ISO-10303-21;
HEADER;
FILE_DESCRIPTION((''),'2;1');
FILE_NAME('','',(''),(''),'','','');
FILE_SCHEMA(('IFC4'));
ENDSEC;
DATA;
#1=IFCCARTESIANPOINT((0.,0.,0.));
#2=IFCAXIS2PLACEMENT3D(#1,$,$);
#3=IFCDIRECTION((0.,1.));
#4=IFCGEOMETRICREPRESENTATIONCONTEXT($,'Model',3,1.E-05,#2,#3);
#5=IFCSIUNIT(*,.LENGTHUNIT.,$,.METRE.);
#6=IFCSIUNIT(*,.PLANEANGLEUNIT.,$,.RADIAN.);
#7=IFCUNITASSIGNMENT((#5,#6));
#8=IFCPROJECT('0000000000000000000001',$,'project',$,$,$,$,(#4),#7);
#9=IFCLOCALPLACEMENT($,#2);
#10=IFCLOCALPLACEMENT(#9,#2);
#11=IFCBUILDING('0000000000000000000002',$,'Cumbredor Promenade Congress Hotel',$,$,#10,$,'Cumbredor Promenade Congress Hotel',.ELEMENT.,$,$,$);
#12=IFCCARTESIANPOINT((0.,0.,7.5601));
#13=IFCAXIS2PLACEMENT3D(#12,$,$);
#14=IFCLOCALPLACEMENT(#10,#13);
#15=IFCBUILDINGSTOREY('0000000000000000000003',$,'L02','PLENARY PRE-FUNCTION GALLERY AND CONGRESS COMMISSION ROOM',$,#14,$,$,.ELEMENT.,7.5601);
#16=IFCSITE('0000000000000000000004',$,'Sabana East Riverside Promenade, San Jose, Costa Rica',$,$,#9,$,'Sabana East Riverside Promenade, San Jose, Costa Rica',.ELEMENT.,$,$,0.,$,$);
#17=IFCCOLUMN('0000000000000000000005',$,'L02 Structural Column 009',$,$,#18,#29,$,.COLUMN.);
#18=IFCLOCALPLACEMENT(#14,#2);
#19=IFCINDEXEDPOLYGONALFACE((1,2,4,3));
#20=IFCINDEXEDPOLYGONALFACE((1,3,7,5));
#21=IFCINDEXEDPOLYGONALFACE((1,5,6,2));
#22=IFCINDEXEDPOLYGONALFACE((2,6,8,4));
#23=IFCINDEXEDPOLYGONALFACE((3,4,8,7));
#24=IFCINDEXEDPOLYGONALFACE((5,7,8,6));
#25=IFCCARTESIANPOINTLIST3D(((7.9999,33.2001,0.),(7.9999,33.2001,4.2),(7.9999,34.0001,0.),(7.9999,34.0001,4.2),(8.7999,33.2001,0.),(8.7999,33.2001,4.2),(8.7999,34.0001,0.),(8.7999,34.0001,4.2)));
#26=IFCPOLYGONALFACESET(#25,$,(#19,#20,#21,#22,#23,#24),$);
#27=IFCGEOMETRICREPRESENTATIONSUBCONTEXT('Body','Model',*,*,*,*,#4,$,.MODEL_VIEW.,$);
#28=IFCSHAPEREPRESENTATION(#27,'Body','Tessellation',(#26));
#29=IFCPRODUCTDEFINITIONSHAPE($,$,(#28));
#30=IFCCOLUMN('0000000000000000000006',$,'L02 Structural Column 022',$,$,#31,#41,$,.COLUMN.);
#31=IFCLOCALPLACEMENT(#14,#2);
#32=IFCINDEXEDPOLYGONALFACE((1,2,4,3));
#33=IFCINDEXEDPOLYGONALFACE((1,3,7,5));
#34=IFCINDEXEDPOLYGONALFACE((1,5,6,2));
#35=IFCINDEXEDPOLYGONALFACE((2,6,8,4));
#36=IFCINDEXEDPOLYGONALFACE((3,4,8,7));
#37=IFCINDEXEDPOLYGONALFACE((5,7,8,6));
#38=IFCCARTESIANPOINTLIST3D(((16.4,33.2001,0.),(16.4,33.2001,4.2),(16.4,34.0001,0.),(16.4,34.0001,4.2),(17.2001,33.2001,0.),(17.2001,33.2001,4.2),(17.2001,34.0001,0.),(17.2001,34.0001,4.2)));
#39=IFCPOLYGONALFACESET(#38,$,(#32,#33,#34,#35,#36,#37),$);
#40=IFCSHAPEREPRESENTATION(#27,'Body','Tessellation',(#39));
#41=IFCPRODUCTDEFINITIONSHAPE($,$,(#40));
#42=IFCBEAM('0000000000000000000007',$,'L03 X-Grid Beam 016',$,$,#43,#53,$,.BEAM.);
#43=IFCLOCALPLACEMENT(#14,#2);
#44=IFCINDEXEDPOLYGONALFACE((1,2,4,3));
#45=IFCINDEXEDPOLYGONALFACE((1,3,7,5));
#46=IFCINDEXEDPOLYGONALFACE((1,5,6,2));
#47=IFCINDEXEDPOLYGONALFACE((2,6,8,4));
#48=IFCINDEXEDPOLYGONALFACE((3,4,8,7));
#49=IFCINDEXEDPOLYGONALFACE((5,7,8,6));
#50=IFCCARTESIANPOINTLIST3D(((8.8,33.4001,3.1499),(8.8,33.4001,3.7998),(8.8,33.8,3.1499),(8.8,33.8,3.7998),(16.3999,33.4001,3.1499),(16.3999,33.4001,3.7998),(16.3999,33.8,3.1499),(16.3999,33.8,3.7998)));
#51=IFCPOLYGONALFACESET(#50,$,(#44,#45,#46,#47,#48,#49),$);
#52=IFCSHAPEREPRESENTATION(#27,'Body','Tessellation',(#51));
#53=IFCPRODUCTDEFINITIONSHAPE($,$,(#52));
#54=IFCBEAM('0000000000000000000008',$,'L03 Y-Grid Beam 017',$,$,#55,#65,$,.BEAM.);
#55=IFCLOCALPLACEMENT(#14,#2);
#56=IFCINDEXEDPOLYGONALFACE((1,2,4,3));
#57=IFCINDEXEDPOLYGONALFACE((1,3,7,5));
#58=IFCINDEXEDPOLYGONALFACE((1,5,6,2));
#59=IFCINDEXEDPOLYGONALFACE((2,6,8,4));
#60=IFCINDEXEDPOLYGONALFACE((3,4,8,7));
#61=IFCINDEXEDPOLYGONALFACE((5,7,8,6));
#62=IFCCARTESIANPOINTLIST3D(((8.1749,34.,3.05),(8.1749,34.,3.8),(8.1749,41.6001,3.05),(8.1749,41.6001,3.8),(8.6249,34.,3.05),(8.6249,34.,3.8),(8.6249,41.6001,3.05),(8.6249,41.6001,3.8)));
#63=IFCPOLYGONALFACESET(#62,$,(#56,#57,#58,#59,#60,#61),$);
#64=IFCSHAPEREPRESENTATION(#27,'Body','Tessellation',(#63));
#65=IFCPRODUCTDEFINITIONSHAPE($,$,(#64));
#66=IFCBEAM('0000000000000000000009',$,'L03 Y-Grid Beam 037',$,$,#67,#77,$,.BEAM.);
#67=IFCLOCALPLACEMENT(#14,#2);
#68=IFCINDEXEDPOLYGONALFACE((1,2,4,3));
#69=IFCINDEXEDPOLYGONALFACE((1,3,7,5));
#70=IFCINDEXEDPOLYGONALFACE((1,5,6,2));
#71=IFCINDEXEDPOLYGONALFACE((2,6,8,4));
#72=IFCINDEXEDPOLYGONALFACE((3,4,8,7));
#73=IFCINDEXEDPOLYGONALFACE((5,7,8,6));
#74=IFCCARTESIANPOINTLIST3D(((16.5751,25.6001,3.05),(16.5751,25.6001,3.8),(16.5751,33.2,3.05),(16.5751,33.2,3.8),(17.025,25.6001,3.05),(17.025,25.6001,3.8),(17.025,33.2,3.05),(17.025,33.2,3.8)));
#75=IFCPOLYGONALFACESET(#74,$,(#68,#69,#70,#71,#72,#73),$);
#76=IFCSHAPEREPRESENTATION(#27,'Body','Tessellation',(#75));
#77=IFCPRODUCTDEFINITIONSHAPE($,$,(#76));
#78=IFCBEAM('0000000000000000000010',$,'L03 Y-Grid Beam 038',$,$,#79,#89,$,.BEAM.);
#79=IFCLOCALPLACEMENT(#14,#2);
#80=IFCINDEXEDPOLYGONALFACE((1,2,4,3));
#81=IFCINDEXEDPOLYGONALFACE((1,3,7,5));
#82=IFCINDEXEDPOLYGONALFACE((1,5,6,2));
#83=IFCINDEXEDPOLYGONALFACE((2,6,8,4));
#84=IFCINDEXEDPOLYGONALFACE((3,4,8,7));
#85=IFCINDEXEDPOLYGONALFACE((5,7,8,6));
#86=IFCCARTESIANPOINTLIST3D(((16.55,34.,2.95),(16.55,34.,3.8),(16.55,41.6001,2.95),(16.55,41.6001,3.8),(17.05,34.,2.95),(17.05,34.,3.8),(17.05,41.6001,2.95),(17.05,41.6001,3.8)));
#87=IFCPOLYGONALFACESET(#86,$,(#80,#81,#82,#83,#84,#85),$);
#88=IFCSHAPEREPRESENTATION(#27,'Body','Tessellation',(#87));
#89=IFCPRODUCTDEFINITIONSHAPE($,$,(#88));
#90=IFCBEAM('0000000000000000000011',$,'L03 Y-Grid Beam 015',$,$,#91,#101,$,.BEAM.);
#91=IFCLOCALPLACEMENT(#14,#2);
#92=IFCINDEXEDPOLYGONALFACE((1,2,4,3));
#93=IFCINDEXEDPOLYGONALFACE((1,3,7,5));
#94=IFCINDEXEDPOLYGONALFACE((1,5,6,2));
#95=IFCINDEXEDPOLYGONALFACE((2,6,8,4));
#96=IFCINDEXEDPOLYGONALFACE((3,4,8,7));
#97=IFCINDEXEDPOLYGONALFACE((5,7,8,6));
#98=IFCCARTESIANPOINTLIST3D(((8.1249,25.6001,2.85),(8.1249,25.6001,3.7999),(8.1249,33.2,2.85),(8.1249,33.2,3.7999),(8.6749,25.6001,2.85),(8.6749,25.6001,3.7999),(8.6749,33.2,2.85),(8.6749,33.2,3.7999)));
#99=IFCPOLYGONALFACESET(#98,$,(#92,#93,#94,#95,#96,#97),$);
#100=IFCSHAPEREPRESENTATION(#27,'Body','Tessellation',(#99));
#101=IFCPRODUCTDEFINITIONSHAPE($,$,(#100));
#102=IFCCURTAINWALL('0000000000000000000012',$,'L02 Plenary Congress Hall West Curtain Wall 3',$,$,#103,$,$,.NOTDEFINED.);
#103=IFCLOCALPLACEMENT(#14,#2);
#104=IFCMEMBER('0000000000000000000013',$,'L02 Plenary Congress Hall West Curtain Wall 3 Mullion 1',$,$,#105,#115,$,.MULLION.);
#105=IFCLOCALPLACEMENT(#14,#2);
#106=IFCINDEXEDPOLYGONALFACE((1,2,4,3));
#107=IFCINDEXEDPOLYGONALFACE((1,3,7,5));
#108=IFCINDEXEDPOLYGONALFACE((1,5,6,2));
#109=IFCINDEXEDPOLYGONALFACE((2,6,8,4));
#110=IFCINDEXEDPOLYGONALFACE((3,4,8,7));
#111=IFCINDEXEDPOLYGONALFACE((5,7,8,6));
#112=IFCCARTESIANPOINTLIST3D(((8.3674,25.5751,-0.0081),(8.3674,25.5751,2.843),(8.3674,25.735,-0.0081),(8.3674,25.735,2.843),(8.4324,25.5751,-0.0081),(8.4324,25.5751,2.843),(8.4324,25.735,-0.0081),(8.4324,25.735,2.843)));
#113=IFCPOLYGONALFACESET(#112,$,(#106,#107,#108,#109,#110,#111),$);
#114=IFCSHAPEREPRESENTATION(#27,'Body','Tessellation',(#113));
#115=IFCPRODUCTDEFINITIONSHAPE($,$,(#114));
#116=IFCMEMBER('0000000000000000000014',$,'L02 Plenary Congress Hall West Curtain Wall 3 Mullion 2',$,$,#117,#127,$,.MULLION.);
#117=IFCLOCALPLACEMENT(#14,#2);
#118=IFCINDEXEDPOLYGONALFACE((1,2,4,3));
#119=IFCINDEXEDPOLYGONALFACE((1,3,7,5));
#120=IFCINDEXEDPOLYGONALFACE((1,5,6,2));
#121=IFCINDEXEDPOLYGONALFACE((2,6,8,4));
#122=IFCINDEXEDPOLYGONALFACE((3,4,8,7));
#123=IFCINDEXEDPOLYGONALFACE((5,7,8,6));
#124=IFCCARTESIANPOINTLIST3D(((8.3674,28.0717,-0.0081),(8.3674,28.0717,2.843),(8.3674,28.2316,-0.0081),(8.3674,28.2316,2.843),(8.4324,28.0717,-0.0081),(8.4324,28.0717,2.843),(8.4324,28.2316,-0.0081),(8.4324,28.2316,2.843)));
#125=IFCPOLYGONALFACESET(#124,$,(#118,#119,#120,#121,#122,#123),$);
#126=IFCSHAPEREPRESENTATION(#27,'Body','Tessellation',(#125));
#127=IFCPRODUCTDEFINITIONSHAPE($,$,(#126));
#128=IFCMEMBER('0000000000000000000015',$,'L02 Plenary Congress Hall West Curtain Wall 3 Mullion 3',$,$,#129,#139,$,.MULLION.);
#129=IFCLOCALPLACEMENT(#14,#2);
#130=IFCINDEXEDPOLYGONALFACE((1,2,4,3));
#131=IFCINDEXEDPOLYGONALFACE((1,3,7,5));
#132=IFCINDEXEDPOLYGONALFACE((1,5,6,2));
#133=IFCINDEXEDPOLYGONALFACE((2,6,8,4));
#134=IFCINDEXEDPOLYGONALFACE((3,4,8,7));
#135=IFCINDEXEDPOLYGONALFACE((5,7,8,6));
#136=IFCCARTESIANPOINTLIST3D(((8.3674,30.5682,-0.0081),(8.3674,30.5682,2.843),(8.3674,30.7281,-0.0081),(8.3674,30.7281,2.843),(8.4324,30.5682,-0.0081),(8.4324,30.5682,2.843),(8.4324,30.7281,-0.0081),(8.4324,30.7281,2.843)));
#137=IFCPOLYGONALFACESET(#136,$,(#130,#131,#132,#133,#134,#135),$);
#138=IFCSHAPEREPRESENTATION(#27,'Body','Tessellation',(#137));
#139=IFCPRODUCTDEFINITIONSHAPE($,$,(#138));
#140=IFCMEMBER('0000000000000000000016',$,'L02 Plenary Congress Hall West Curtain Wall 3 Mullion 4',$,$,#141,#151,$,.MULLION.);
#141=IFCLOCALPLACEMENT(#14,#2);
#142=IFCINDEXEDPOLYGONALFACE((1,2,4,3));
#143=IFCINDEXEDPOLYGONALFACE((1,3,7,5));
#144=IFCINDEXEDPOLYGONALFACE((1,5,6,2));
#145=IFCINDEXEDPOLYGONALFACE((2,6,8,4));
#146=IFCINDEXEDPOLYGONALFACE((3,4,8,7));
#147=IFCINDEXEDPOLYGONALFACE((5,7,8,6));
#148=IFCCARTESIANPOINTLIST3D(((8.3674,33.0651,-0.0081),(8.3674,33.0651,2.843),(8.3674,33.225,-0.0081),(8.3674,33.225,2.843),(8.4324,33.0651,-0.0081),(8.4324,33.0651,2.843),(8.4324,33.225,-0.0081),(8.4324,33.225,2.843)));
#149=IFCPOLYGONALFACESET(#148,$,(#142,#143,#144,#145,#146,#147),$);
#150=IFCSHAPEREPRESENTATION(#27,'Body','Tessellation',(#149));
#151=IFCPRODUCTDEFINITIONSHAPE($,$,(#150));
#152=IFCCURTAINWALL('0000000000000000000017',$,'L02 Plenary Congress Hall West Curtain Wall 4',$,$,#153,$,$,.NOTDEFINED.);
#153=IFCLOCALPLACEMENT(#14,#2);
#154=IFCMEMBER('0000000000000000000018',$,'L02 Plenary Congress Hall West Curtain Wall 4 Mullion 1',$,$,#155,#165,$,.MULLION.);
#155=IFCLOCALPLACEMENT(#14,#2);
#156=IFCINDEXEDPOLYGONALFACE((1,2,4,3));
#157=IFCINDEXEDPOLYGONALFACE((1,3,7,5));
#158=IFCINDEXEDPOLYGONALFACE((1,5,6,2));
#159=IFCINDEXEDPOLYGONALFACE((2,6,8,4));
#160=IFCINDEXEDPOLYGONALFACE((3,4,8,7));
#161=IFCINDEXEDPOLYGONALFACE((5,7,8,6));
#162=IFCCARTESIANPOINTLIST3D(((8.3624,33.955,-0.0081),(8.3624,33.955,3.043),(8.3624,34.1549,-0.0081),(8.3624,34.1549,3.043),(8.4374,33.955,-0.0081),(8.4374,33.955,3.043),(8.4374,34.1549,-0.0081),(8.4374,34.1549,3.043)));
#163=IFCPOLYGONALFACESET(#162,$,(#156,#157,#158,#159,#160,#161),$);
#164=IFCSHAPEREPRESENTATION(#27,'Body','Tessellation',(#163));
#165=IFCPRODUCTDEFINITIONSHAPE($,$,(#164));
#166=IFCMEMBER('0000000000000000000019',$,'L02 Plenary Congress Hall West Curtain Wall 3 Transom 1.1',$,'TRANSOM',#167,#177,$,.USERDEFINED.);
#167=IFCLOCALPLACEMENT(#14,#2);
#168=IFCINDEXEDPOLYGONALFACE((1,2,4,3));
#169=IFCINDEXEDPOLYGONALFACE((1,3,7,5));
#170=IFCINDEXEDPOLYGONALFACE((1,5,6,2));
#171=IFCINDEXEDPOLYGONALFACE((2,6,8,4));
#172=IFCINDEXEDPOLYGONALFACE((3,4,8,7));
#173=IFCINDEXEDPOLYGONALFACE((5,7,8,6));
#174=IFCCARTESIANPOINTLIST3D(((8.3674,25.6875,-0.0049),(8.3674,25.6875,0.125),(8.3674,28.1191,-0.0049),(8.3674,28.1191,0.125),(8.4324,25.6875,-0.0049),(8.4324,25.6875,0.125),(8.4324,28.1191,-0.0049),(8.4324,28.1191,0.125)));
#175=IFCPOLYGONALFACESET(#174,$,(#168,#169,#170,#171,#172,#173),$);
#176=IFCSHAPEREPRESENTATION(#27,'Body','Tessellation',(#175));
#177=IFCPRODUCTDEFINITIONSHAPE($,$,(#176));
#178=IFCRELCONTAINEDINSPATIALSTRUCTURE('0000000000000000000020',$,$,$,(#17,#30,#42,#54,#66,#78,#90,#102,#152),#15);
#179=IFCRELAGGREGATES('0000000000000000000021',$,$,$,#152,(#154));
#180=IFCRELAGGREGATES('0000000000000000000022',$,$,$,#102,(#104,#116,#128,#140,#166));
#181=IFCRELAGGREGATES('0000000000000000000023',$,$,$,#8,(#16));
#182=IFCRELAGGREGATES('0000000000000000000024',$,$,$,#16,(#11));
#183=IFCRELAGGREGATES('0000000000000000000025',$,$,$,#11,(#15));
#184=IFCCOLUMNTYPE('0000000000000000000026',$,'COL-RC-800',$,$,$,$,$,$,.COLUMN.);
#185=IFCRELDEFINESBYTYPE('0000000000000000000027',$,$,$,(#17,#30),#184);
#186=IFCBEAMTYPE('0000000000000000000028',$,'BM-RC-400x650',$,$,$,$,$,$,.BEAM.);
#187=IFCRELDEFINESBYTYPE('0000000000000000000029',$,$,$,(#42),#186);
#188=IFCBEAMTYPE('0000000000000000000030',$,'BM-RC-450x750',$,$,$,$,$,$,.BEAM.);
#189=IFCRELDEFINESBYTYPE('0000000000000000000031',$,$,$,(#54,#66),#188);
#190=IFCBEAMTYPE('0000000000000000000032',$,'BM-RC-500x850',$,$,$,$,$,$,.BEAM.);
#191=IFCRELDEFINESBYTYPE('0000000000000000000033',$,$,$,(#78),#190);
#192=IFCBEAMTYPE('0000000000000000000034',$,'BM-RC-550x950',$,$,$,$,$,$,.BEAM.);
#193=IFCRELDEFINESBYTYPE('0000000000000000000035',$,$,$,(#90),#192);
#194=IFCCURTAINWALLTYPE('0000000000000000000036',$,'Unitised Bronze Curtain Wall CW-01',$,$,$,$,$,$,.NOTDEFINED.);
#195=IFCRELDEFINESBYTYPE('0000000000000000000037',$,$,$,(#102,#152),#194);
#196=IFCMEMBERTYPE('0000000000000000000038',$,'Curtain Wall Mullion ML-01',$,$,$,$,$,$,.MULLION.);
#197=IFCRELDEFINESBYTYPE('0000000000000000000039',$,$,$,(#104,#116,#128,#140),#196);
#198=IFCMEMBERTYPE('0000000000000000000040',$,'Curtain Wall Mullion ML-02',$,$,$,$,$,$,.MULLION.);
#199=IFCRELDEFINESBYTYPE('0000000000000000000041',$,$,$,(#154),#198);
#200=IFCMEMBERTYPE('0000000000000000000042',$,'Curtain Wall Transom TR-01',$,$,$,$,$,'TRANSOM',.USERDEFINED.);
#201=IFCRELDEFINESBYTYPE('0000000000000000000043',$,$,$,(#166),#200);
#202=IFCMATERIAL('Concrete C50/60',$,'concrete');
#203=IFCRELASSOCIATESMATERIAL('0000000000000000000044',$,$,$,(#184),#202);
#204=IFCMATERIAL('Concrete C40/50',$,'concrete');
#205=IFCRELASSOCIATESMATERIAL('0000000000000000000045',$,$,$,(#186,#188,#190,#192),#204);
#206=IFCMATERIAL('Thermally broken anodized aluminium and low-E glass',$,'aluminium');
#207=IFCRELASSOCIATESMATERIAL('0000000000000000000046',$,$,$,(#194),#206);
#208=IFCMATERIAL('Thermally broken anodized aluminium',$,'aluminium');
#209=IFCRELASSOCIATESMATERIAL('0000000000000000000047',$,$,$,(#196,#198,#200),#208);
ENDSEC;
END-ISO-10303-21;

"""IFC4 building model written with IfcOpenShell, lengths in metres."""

from ifc_helpers import new_model, si_unit, direction, frame, origin, origin_2d, place, context, subcontext, project, spatial, rectangle, extrude, material, material_profile, profile_set, type_object, element, aggregate, save


model = new_model("IFC4")

# Units and contexts
model_context = context("Model", 3, precision=1e-05, world=origin(), true_north=direction((0.0, 1.0)))
body_context = subcontext(model_context, "Body", "Model", "MODEL_VIEW")
ifc_project = project(units=[si_unit("LENGTHUNIT", "METRE"), si_unit("PLANEANGLEUNIT", "RADIAN")], contexts=[model_context])

# Site, building, storey
site_placement = place(None, origin())
site = spatial("IfcSite", under=ifc_project, at=site_placement, Name="Sabana East Riverside Promenade, San Jose, Costa Rica", LongName="Sabana East Riverside Promenade, San Jose, Costa Rica", CompositionType="ELEMENT", RefElevation=0.0)
building_placement = place(site_placement, origin())
building = spatial("IfcBuilding", under=site, at=building_placement, Name="Cumbredor Promenade Congress Hotel", LongName="Cumbredor Promenade Congress Hotel", CompositionType="ELEMENT")
storey_placement = place(building_placement, frame((0.0, 0.0, 7.5601)))
storey = spatial("IfcBuildingStorey", under=building, at=storey_placement, Name="L02", Description="PLENARY PRE-FUNCTION GALLERY AND CONGRESS COMMISSION ROOM", CompositionType="ELEMENT", Elevation=7.5601)

# Columns
ifc_material_1 = material(Name="Concrete C50/60", Category="concrete")
ifc_material_profile_1 = material_profile(ifc_material_1, rectangle(XDim=0.8, YDim=0.8, at=origin_2d()), Name="RC 800x800")
ifc_profile_set_1 = profile_set([ifc_material_profile_1], Name="Concrete C50/60")
column_type = type_object("IfcColumnType", Name="COL-RC-800", PredefinedType="COLUMN", material=ifc_profile_set_1)
for number, where, z_axis, x_axis, name in (
    (1, (8.3999, 33.6001, 0.0), (0.0, 0.0, 1.0), (1.0, 0.0, 0.0), "L02 Structural Column 009"),
    (2, (16.8, 33.6001, 0.0), (0.0, 0.0, 1.0), (1.0, 0.0, 0.0), "L02 Structural Column 022"),
):
    element("IfcColumn", number, at=place(storey_placement, frame(where, z_axis=z_axis, x_axis=x_axis)), inside=storey, type_object=column_type, Name=name, PredefinedType="COLUMN", context=body_context, shape_type="SweptSolid", body=[
        extrude(rectangle(XDim=0.8, YDim=0.8, at=origin_2d()), origin(), (0.0, 0.0, 1.0), 4.2),
    ])

# Beams
ifc_material_2 = material(Name="Concrete C40/50", Category="concrete")
ifc_material_profile_2 = material_profile(ifc_material_2, rectangle(XDim=0.3999, YDim=0.6499, at=origin_2d()), Name="RC BEAM 400x650")
ifc_profile_set_2 = profile_set([ifc_material_profile_2], Name="Concrete C40/50")
beam_type_1 = type_object("IfcBeamType", Name="BM-RC-400x650", PredefinedType="BEAM", material=ifc_profile_set_2)
beam_1_placement = place(storey_placement, frame((8.8, 33.6001, 3.4749), z_axis=(1.0, 0.0, 0.0), x_axis=(0.0, 1.0, 0.0)))
element("IfcBeam", 3, at=beam_1_placement, inside=storey, type_object=beam_type_1, Name="L03 X-Grid Beam 016", PredefinedType="BEAM", context=body_context, shape_type="SweptSolid", body=[
    extrude(rectangle(XDim=0.3999, YDim=0.6499, at=origin_2d()), origin(), (0.0, 0.0, 1.0), 7.5999),
])
ifc_material_profile_3 = material_profile(ifc_material_2, rectangle(XDim=0.45, YDim=0.75, at=origin_2d()), Name="RC BEAM 450x750")
ifc_profile_set_3 = profile_set([ifc_material_profile_3], Name="Concrete C40/50")
beam_type_2 = type_object("IfcBeamType", Name="BM-RC-450x750", PredefinedType="BEAM", material=ifc_profile_set_3)
beam_2_placement = place(storey_placement, frame((8.3999, 34.0, 3.425), z_axis=(0.0, 1.0, 0.0), x_axis=(-1.0, 0.0, 0.0)))
element("IfcBeam", 4, at=beam_2_placement, inside=storey, type_object=beam_type_2, Name="L03 Y-Grid Beam 017", PredefinedType="BEAM", context=body_context, shape_type="SweptSolid", body=[
    extrude(rectangle(XDim=0.45, YDim=0.75, at=origin_2d()), origin(), (0.0, 0.0, 1.0), 7.6001),
])
beam_3_placement = place(storey_placement, frame((16.8, 25.6001, 3.425), z_axis=(0.0, 1.0, 0.0), x_axis=(-1.0, 0.0, 0.0)))
element("IfcBeam", 5, at=beam_3_placement, inside=storey, type_object=beam_type_2, Name="L03 Y-Grid Beam 037", PredefinedType="BEAM", context=body_context, shape_type="SweptSolid", body=[
    extrude(rectangle(XDim=0.45, YDim=0.75, at=origin_2d()), origin(), (0.0, 0.0, 1.0), 7.5999),
])
ifc_material_profile_4 = material_profile(ifc_material_2, rectangle(XDim=0.5, YDim=0.8501, at=origin_2d()), Name="RC BEAM 500x850")
ifc_profile_set_4 = profile_set([ifc_material_profile_4], Name="Concrete C40/50")
beam_type_3 = type_object("IfcBeamType", Name="BM-RC-500x850", PredefinedType="BEAM", material=ifc_profile_set_4)
beam_4_placement = place(storey_placement, frame((16.8, 34.0, 3.375), z_axis=(0.0, 1.0, 0.0), x_axis=(-1.0, 0.0, 0.0)))
element("IfcBeam", 6, at=beam_4_placement, inside=storey, type_object=beam_type_3, Name="L03 Y-Grid Beam 038", PredefinedType="BEAM", context=body_context, shape_type="SweptSolid", body=[
    extrude(rectangle(XDim=0.5, YDim=0.8501, at=origin_2d()), origin(), (0.0, 0.0, 1.0), 7.6001),
])
ifc_material_profile_5 = material_profile(ifc_material_2, rectangle(XDim=0.55, YDim=0.95, at=origin_2d()), Name="RC BEAM 550x950")
ifc_profile_set_5 = profile_set([ifc_material_profile_5], Name="Concrete C40/50")
beam_type_4 = type_object("IfcBeamType", Name="BM-RC-550x950", PredefinedType="BEAM", material=ifc_profile_set_5)
beam_5_placement = place(storey_placement, frame((8.3999, 25.6001, 3.325), z_axis=(0.0, 1.0, 0.0), x_axis=(-1.0, 0.0, 0.0)))
element("IfcBeam", 7, at=beam_5_placement, inside=storey, type_object=beam_type_4, Name="L03 Y-Grid Beam 015", PredefinedType="BEAM", context=body_context, shape_type="SweptSolid", body=[
    extrude(rectangle(XDim=0.55, YDim=0.95, at=origin_2d()), origin(), (0.0, 0.0, 1.0), 7.5999),
])

# Curtain wall, members
ifc_material_3 = material(Name="Thermally broken anodized aluminium and low-E glass", Category="aluminium")
curtain_wall_type = type_object("IfcCurtainWallType", Name="Unitised Bronze Curtain Wall CW-01", PredefinedType="NOTDEFINED", material=ifc_material_3)
curtain_wall_1_placement = place(storey_placement, origin())
curtain_wall_1 = element("IfcCurtainWall", 8, at=curtain_wall_1_placement, inside=storey, type_object=curtain_wall_type, Name="L02 Plenary Congress Hall West Curtain Wall 3", PredefinedType="NOTDEFINED")
ifc_material_4 = material(Name="Thermally broken anodized aluminium", Category="aluminium")
ifc_material_profile_6 = material_profile(ifc_material_4, rectangle(XDim=0.0649, YDim=0.1599, at=origin_2d()), Name="ALU MULLION 65x160")
ifc_profile_set_6 = profile_set([ifc_material_profile_6], Name="Thermally broken anodized aluminium")
member_type_1 = type_object("IfcMemberType", Name="Curtain Wall Mullion ML-01", PredefinedType="MULLION", material=ifc_profile_set_6)
member_1_placement = place(storey_placement, frame((8.3999, 25.655, -0.0081), z_axis=(0.0, 0.0, 1.0), x_axis=(1.0, 0.0, 0.0)))
member_1 = element("IfcMember", 9, at=member_1_placement, type_object=member_type_1, Name="L02 Plenary Congress Hall West Curtain Wall 3 Mullion 1", PredefinedType="MULLION", context=body_context, shape_type="SweptSolid", body=[
    extrude(rectangle(XDim=0.0649, YDim=0.1599, at=origin_2d()), origin(), (0.0, 0.0, 1.0), 2.8511),
])
member_2_placement = place(storey_placement, frame((8.3999, 28.1516, -0.0081), z_axis=(0.0, 0.0, 1.0), x_axis=(1.0, 0.0, 0.0)))
member_2 = element("IfcMember", 10, at=member_2_placement, type_object=member_type_1, Name="L02 Plenary Congress Hall West Curtain Wall 3 Mullion 2", PredefinedType="MULLION", context=body_context, shape_type="SweptSolid", body=[
    extrude(rectangle(XDim=0.0649, YDim=0.1599, at=origin_2d()), origin(), (0.0, 0.0, 1.0), 2.8511),
])
member_3_placement = place(storey_placement, frame((8.3999, 30.6482, -0.0081), z_axis=(0.0, 0.0, 1.0), x_axis=(1.0, 0.0, 0.0)))
member_3 = element("IfcMember", 11, at=member_3_placement, type_object=member_type_1, Name="L02 Plenary Congress Hall West Curtain Wall 3 Mullion 3", PredefinedType="MULLION", context=body_context, shape_type="SweptSolid", body=[
    extrude(rectangle(XDim=0.0649, YDim=0.1599, at=origin_2d()), origin(), (0.0, 0.0, 1.0), 2.8511),
])
member_4_placement = place(storey_placement, frame((8.3999, 33.145, -0.0081), z_axis=(0.0, 0.0, 1.0), x_axis=(1.0, 0.0, 0.0)))
member_4 = element("IfcMember", 12, at=member_4_placement, type_object=member_type_1, Name="L02 Plenary Congress Hall West Curtain Wall 3 Mullion 4", PredefinedType="MULLION", context=body_context, shape_type="SweptSolid", body=[
    extrude(rectangle(XDim=0.0649, YDim=0.1599, at=origin_2d()), origin(), (0.0, 0.0, 1.0), 2.8511),
])

# Curtain wall, member
curtain_wall_2_placement = place(storey_placement, origin())
curtain_wall_2 = element("IfcCurtainWall", 13, at=curtain_wall_2_placement, inside=storey, type_object=curtain_wall_type, Name="L02 Plenary Congress Hall West Curtain Wall 4", PredefinedType="NOTDEFINED")
ifc_material_profile_7 = material_profile(ifc_material_4, rectangle(XDim=0.075, YDim=0.2, at=origin_2d()), Name="ALU MULLION 75x200")
ifc_profile_set_7 = profile_set([ifc_material_profile_7], Name="Thermally broken anodized aluminium")
member_type_2 = type_object("IfcMemberType", Name="Curtain Wall Mullion ML-02", PredefinedType="MULLION", material=ifc_profile_set_7)
member_5_placement = place(storey_placement, frame((8.3999, 34.0549, -0.0081), z_axis=(0.0, 0.0, 1.0), x_axis=(1.0, 0.0, 0.0)))
member_5 = element("IfcMember", 14, at=member_5_placement, type_object=member_type_2, Name="L02 Plenary Congress Hall West Curtain Wall 4 Mullion 1", PredefinedType="MULLION", context=body_context, shape_type="SweptSolid", body=[
    extrude(rectangle(XDim=0.075, YDim=0.2, at=origin_2d()), origin(), (0.0, 0.0, 1.0), 3.051),
])

# Member
ifc_material_profile_8 = material_profile(ifc_material_4, rectangle(XDim=0.0649, YDim=0.1299, at=origin_2d()), Name="ALU TRANSOM 65x130")
ifc_profile_set_8 = profile_set([ifc_material_profile_8], Name="Thermally broken anodized aluminium")
member_type_3 = type_object("IfcMemberType", Name="Curtain Wall Transom TR-01", ElementType="TRANSOM", PredefinedType="USERDEFINED", material=ifc_profile_set_8)
member_6_placement = place(storey_placement, frame((8.3999, 25.6875, 0.0601), z_axis=(0.0, 1.0, 0.0), x_axis=(-1.0, 0.0, 0.0)))
member_6 = element("IfcMember", 15, at=member_6_placement, type_object=member_type_3, Name="L02 Plenary Congress Hall West Curtain Wall 3 Transom 1.1", ObjectType="TRANSOM", PredefinedType="USERDEFINED", context=body_context, shape_type="SweptSolid", body=[
    extrude(rectangle(XDim=0.0649, YDim=0.1299, at=origin_2d()), origin(), (0.0, 0.0, 1.0), 2.4316),
])
aggregate(curtain_wall_2, [member_5])

aggregate(curtain_wall_1, [member_1, member_2, member_3, member_4, member_6])

save(model, "model.ifc")
